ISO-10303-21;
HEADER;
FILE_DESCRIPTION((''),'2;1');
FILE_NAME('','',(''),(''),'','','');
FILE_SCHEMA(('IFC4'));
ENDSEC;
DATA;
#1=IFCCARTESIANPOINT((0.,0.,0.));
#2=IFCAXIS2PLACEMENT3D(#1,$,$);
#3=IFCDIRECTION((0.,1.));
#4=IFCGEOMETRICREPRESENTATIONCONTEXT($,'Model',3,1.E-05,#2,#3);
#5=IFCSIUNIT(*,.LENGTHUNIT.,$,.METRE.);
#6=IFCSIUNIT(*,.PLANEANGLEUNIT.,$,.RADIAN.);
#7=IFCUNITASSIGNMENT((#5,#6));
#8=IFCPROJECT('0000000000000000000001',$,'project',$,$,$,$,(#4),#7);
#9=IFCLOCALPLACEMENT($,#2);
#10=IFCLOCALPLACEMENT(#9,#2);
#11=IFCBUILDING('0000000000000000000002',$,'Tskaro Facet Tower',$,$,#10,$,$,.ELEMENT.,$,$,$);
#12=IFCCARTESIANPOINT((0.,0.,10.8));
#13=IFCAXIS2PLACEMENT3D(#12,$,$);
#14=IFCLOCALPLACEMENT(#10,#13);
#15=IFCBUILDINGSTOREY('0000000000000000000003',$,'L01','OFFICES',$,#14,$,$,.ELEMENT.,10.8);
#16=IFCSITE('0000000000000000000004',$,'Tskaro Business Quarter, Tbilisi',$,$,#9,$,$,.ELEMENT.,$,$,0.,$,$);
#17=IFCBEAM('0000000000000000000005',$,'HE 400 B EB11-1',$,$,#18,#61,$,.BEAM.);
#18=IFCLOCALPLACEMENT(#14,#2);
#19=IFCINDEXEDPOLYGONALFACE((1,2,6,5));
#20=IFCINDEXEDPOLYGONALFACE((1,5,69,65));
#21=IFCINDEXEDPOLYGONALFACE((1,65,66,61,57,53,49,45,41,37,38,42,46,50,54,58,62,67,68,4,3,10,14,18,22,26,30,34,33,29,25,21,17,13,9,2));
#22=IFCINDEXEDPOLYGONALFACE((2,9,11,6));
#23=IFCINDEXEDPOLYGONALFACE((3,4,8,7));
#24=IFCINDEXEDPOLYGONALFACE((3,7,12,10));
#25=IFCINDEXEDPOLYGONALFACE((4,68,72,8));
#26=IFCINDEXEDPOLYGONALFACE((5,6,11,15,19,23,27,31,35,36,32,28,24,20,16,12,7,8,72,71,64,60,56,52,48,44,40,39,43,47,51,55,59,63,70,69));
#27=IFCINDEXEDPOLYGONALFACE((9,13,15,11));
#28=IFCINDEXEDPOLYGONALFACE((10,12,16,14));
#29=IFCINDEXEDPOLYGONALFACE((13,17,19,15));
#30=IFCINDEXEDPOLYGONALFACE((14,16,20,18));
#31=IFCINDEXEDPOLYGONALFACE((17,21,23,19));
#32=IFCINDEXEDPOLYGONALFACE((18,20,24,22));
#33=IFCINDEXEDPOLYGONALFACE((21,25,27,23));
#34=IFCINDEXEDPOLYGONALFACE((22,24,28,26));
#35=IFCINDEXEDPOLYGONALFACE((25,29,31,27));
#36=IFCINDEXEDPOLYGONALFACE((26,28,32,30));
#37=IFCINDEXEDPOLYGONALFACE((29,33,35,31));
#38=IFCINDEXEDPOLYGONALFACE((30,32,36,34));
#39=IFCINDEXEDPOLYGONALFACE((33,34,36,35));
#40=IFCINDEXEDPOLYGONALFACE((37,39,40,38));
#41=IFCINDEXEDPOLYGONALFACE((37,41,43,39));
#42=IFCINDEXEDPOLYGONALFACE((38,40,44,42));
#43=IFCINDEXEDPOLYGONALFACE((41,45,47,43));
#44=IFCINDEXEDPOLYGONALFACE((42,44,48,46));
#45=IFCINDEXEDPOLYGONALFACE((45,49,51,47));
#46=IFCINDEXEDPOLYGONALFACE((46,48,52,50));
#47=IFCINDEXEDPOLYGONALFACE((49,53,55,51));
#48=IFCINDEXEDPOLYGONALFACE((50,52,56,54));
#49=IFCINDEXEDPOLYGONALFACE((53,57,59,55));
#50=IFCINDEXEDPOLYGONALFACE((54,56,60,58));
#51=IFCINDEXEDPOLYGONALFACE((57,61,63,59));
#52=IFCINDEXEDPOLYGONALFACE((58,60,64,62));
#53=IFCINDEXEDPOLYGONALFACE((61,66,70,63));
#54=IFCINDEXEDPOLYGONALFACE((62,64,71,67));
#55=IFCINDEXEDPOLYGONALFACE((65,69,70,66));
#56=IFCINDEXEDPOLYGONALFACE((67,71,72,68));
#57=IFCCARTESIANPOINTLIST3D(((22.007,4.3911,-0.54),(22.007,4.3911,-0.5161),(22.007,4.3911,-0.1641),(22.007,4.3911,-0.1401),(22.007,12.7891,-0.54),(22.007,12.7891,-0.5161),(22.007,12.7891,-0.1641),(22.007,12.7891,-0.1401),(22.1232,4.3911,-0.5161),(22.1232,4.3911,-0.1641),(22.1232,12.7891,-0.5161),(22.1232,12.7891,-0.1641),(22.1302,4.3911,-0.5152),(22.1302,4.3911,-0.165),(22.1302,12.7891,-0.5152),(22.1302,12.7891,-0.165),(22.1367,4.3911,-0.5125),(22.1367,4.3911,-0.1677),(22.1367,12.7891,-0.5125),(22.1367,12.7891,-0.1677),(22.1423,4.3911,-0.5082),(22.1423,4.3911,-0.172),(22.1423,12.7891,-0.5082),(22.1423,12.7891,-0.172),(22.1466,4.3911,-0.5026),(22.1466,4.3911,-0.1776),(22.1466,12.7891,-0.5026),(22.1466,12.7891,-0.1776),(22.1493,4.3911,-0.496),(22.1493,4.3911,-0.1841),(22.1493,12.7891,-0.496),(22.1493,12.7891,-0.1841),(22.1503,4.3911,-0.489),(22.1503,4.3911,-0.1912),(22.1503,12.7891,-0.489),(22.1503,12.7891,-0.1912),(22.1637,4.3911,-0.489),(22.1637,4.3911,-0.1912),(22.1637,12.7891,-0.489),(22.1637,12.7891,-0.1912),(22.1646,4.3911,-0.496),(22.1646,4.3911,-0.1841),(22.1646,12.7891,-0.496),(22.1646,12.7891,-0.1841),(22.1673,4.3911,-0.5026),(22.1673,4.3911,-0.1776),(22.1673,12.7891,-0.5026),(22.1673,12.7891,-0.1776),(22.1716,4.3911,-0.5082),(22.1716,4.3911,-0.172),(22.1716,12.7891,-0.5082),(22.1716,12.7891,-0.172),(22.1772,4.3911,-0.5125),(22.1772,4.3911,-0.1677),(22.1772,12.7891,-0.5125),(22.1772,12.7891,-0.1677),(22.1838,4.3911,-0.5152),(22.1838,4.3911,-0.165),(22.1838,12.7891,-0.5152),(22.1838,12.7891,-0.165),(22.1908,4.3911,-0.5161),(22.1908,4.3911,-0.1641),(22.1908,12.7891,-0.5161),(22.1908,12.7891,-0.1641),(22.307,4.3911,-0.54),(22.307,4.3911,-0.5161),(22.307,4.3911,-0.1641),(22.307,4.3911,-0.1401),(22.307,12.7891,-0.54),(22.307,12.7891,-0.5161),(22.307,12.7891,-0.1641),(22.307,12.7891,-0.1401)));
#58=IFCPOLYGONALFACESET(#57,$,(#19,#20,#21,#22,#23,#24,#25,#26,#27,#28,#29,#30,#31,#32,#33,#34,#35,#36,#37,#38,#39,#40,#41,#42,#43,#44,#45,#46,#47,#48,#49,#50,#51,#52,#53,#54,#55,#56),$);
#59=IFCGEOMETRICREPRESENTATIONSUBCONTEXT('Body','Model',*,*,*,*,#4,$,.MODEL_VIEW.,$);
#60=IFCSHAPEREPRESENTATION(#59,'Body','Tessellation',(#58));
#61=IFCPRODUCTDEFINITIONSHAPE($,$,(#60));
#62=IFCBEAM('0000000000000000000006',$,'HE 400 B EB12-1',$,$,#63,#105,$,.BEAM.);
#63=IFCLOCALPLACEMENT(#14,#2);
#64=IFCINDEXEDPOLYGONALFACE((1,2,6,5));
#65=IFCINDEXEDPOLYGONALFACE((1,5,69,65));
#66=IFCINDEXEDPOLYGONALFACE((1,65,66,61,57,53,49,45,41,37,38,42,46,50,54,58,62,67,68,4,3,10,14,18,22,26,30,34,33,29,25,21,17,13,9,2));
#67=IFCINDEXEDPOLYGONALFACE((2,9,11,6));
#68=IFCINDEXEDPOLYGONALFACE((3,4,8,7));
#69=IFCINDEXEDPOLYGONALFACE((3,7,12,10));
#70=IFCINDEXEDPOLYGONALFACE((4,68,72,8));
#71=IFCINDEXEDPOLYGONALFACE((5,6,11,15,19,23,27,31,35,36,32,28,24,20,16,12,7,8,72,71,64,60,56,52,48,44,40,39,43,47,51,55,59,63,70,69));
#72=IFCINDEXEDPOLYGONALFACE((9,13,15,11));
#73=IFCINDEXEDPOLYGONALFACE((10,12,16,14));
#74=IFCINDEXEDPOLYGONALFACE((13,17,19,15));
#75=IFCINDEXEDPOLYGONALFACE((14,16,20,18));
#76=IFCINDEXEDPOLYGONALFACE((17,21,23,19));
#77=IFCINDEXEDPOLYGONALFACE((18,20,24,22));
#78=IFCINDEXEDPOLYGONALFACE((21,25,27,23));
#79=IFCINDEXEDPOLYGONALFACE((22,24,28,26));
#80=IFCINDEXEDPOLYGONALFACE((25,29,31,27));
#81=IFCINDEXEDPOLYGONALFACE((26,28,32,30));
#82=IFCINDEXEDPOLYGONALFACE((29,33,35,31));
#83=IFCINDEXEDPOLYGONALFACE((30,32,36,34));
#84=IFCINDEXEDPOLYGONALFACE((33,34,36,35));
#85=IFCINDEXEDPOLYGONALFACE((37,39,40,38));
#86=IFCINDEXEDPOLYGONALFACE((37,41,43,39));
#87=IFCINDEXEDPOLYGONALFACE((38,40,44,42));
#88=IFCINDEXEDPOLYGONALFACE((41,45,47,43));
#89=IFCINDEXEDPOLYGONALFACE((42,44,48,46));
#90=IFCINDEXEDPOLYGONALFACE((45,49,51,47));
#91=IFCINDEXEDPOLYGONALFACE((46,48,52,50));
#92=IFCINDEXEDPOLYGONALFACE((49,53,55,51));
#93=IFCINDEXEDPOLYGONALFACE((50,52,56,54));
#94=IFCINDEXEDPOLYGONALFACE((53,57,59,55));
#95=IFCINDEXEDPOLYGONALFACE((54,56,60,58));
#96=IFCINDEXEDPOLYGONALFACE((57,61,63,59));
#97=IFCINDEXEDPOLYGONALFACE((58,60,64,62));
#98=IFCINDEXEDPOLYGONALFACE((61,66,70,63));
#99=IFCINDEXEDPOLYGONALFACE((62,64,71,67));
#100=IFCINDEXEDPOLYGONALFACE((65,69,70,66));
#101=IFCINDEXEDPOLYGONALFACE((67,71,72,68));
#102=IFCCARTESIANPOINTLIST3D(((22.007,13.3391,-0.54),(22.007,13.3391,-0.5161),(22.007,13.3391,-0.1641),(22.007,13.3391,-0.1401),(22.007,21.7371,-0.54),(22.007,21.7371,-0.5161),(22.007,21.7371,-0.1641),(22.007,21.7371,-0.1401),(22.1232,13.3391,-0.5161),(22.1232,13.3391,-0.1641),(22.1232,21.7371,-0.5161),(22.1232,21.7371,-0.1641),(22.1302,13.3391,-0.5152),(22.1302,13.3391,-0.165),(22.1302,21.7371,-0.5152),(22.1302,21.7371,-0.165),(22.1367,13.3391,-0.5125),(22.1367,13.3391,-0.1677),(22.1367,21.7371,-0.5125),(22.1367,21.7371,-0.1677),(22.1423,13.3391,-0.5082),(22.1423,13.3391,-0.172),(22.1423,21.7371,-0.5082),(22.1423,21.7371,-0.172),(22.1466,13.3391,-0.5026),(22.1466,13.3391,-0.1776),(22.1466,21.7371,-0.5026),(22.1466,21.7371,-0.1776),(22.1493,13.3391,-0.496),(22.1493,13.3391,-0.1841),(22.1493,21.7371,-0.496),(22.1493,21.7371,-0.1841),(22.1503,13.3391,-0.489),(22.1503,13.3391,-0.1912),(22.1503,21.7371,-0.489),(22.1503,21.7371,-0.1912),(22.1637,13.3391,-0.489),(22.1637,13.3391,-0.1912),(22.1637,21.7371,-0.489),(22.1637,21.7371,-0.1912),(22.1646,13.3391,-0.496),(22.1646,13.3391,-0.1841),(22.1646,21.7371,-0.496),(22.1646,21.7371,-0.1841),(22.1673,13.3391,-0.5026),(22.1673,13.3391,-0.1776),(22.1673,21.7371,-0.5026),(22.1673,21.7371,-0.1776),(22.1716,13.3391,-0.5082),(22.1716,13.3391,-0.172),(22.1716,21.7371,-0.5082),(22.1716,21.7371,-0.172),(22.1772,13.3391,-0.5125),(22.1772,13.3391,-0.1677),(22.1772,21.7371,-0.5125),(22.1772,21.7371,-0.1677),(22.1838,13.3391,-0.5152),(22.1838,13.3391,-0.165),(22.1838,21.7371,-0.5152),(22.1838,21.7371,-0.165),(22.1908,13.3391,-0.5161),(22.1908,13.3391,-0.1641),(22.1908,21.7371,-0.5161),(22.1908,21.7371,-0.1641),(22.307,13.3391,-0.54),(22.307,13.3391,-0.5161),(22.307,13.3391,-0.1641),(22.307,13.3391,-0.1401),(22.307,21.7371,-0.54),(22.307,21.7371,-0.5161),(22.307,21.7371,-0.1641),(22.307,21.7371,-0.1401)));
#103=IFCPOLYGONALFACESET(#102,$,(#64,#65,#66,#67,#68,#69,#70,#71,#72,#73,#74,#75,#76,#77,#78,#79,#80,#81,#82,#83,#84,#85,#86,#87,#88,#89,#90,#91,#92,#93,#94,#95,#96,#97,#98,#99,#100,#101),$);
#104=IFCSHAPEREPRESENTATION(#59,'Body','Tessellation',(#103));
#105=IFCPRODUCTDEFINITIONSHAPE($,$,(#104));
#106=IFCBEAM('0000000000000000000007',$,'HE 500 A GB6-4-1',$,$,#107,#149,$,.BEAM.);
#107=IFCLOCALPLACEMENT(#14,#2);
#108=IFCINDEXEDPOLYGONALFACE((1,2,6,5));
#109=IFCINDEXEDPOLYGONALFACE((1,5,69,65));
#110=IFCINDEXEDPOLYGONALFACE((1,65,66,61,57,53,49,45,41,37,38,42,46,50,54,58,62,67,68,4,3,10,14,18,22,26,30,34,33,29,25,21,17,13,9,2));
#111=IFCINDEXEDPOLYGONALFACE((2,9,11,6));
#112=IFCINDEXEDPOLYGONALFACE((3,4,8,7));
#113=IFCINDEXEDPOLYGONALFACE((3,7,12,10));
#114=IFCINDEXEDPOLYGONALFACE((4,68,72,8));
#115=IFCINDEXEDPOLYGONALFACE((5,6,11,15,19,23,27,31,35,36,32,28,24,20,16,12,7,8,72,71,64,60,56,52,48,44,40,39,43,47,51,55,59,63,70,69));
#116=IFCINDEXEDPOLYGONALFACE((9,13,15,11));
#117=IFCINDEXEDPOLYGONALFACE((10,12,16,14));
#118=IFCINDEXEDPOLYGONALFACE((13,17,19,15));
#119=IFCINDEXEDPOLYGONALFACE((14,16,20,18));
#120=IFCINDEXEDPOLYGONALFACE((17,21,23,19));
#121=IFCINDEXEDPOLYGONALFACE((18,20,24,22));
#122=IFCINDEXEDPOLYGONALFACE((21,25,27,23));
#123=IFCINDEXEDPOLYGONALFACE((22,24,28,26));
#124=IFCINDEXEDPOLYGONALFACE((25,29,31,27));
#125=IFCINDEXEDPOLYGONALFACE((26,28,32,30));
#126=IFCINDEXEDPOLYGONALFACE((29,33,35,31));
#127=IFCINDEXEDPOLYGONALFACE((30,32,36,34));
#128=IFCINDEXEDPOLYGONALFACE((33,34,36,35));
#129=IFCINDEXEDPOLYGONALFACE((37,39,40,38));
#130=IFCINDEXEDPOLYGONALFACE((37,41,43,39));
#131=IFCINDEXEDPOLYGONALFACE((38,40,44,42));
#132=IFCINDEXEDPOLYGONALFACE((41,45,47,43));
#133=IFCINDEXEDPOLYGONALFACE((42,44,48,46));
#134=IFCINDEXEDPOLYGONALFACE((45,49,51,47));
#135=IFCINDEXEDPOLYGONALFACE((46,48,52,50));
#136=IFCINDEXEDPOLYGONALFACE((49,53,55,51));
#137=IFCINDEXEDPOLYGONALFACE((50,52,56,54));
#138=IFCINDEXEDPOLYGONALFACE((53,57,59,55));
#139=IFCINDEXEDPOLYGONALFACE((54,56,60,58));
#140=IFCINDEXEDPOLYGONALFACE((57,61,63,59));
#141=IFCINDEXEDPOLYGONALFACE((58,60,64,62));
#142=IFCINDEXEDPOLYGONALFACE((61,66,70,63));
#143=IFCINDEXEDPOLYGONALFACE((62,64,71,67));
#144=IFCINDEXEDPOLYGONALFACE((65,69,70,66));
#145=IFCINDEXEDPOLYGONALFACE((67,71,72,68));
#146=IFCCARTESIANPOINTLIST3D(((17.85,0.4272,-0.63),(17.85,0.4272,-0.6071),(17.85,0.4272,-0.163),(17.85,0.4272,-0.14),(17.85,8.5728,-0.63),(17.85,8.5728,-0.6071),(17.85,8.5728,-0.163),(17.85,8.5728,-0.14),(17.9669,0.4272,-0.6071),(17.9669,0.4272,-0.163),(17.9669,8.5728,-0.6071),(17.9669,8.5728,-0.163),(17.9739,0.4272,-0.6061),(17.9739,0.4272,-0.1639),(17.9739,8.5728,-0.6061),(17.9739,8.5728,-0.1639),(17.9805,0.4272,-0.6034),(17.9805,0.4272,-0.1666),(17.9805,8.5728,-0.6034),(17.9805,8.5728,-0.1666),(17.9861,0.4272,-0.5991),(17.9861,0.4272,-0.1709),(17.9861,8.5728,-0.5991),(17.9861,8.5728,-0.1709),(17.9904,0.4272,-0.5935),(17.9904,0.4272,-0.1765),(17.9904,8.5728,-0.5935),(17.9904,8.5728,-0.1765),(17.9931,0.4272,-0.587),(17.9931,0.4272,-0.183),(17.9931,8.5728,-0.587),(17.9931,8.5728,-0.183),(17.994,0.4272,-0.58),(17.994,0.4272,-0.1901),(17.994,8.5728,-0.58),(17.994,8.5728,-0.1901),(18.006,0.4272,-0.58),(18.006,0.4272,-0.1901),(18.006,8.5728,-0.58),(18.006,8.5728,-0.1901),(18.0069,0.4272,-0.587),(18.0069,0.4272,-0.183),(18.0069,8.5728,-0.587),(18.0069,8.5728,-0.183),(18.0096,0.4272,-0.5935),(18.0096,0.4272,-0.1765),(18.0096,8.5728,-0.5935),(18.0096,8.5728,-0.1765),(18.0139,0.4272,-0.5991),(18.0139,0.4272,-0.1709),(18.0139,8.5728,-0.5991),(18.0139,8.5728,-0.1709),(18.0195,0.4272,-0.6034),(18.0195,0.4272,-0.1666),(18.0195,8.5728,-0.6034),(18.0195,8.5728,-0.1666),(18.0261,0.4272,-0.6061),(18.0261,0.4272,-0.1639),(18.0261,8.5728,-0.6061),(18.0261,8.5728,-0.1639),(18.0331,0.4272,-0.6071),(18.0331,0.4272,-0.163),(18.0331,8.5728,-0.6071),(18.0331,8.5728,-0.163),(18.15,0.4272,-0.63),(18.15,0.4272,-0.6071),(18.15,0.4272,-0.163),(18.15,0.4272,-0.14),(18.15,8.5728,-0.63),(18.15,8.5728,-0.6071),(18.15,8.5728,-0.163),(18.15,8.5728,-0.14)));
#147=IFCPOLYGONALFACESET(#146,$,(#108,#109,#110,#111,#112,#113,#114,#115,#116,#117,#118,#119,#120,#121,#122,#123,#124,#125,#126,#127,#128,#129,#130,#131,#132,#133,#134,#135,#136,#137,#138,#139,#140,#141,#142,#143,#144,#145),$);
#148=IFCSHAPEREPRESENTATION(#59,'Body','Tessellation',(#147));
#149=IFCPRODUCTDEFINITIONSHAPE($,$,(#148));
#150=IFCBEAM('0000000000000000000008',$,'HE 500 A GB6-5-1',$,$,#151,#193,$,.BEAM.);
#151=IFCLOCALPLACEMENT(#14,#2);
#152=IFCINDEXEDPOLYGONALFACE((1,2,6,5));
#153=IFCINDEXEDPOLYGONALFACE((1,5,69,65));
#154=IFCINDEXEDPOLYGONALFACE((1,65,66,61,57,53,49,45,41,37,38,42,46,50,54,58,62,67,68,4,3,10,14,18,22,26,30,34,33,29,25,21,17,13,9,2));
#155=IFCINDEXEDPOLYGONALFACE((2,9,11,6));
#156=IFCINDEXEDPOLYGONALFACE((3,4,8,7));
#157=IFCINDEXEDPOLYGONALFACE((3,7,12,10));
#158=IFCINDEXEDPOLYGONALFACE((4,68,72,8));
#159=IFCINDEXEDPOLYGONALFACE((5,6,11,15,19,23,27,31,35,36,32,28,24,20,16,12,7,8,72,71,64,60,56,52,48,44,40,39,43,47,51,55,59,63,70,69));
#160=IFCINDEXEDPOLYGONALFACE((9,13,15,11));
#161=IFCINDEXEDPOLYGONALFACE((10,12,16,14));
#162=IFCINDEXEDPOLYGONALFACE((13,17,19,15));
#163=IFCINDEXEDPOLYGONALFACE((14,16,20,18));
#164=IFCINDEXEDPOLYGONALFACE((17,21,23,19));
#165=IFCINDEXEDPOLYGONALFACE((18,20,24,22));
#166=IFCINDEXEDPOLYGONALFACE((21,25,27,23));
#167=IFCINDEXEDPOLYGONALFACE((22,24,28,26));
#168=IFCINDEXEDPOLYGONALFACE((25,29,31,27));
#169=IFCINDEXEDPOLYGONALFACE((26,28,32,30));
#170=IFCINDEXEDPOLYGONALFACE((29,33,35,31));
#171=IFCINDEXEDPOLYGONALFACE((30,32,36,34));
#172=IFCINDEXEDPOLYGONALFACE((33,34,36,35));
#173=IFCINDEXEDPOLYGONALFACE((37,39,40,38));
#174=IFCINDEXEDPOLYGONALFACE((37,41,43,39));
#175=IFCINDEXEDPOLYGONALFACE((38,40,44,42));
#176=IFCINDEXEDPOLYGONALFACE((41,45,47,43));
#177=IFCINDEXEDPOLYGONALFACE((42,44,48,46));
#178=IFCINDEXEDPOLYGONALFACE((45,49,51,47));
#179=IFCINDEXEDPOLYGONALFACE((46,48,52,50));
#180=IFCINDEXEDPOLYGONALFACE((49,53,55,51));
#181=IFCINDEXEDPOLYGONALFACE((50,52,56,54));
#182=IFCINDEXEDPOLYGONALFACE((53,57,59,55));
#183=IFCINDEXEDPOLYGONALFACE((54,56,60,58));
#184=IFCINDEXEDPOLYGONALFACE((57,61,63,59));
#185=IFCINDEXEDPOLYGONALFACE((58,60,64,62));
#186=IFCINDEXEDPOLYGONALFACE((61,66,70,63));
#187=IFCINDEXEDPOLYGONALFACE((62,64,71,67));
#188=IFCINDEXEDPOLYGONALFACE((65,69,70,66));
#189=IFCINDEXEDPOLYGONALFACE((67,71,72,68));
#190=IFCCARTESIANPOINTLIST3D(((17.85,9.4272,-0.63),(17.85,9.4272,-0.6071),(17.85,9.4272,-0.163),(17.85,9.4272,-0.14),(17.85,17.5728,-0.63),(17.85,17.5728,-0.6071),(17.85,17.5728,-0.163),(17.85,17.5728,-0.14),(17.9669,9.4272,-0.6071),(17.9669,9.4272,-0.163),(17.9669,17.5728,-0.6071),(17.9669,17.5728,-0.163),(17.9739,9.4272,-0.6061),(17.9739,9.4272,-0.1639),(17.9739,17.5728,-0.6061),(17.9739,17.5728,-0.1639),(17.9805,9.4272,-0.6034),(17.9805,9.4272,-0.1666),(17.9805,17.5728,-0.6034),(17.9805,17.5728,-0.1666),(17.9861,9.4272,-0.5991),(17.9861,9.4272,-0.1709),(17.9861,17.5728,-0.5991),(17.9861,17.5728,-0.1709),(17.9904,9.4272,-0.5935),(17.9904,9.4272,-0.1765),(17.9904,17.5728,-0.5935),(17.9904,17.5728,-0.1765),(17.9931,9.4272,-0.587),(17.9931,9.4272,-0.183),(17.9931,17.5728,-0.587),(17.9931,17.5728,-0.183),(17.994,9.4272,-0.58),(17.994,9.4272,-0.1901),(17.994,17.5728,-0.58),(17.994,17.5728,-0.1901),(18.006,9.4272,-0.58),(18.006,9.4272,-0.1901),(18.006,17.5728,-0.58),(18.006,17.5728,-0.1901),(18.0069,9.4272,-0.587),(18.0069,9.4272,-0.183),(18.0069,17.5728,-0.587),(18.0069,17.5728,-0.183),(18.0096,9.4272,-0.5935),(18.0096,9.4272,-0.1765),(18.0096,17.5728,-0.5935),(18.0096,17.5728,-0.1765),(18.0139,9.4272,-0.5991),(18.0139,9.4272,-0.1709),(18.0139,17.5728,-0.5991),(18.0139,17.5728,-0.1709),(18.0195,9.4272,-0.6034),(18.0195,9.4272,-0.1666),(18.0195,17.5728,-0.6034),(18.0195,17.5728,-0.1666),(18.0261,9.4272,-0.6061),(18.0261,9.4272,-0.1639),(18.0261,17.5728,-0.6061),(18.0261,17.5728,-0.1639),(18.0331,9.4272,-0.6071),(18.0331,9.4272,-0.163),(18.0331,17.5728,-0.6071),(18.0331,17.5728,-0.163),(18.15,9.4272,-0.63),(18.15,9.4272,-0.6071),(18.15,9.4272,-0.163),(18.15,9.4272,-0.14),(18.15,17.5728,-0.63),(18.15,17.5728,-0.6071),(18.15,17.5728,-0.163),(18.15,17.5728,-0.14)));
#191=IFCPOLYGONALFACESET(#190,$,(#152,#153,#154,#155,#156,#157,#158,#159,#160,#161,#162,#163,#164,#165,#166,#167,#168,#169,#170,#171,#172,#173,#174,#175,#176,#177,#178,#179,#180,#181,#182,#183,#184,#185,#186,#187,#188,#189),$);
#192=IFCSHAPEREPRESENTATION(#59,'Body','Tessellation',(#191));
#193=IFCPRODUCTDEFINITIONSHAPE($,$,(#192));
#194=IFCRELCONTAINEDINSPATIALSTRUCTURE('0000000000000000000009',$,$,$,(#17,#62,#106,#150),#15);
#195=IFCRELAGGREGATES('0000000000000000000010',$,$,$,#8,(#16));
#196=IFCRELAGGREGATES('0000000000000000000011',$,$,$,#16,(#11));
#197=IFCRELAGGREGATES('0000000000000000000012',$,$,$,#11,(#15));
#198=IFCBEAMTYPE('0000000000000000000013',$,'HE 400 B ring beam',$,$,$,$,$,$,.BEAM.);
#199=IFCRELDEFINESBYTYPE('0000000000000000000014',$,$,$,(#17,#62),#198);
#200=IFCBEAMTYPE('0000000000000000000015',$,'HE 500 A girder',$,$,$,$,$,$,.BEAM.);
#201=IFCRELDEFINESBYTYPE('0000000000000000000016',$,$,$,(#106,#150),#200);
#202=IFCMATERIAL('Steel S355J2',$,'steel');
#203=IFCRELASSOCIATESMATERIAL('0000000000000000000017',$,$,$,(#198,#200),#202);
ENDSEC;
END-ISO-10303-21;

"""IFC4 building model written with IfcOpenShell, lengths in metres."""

from ifc_helpers import new_model, si_unit, direction, frame, origin, origin_2d, place, context, subcontext, project, spatial, i_section, extrude, material, material_profile, profile_set, type_object, element, save


model = new_model("IFC4")

# Units and contexts
model_context = context("Model", 3, precision=1e-05, world=origin(), true_north=direction((0.0, 1.0)))
body_context = subcontext(model_context, "Body", "Model", "MODEL_VIEW")
ifc_project = project(units=[si_unit("LENGTHUNIT", "METRE"), si_unit("PLANEANGLEUNIT", "RADIAN")], contexts=[model_context])

# Site, building, storey
site_placement = place(None, origin())
site = spatial("IfcSite", under=ifc_project, at=site_placement, Name="Tskaro Business Quarter, Tbilisi", CompositionType="ELEMENT", RefElevation=0.0)
building_placement = place(site_placement, origin())
building = spatial("IfcBuilding", under=site, at=building_placement, Name="Tskaro Facet Tower", CompositionType="ELEMENT")
storey_placement = place(building_placement, frame((0.0, 0.0, 10.8)))
storey = spatial("IfcBuildingStorey", under=building, at=storey_placement, Name="L01", Description="OFFICES", CompositionType="ELEMENT", Elevation=10.8)

# Beams
ifc_material_1 = material(Name="Steel S355J2", Category="steel")
ifc_material_profile_1 = material_profile(ifc_material_1, i_section(OverallWidth=0.3, OverallDepth=0.3999, WebThickness=0.0134, FlangeThickness=0.0239, FilletRadius=0.0271, at=origin_2d()), Name="HE 400 B")
ifc_profile_set_1 = profile_set([ifc_material_profile_1], Name="Steel S355J2")
beam_type_1 = type_object("IfcBeamType", Name="HE 400 B ring beam", PredefinedType="BEAM", material=ifc_profile_set_1)
for number, where, z_axis, x_axis, name in (
    (1, (22.157, 4.3911, -0.3401), (0.0, 1.0, 0.0), (-1.0, 0.0, 0.0), "HE 400 B EB11-1"),
    (2, (22.157, 13.3391, -0.3401), (0.0, 1.0, 0.0), (-1.0, 0.0, 0.0), "HE 400 B EB12-1"),
):
    element("IfcBeam", number, at=place(storey_placement, frame(where, z_axis=z_axis, x_axis=x_axis)), inside=storey, type_object=beam_type_1, Name=name, PredefinedType="BEAM", context=body_context, shape_type="SweptSolid", body=[
        extrude(i_section(OverallWidth=0.3, OverallDepth=0.3999, WebThickness=0.0134, FlangeThickness=0.0239, FilletRadius=0.0271, at=origin_2d()), origin(), (0.0, 0.0, 1.0), 8.3979),
    ])
ifc_material_profile_2 = material_profile(ifc_material_1, i_section(OverallWidth=0.3, OverallDepth=0.49, WebThickness=0.012, FlangeThickness=0.0229, FilletRadius=0.0271, at=origin_2d()), Name="HE 500 A")
ifc_profile_set_2 = profile_set([ifc_material_profile_2], Name="Steel S355J2")
beam_type_2 = type_object("IfcBeamType", Name="HE 500 A girder", PredefinedType="BEAM", material=ifc_profile_set_2)
for number, where, z_axis, x_axis, name in (
    (3, (18.0, 0.4272, -0.385), (0.0, 1.0, 0.0), (-1.0, 0.0, 0.0), "HE 500 A GB6-4-1"),
    (4, (18.0, 9.4272, -0.385), (0.0, 1.0, 0.0), (-1.0, 0.0, 0.0), "HE 500 A GB6-5-1"),
):
    element("IfcBeam", number, at=place(storey_placement, frame(where, z_axis=z_axis, x_axis=x_axis)), inside=storey, type_object=beam_type_2, Name=name, PredefinedType="BEAM", context=body_context, shape_type="SweptSolid", body=[
        extrude(i_section(OverallWidth=0.3, OverallDepth=0.49, WebThickness=0.012, FlangeThickness=0.0229, FilletRadius=0.0271, at=origin_2d()), origin(), (0.0, 0.0, 1.0), 8.1455),
    ])

save(model, "model.ifc")
